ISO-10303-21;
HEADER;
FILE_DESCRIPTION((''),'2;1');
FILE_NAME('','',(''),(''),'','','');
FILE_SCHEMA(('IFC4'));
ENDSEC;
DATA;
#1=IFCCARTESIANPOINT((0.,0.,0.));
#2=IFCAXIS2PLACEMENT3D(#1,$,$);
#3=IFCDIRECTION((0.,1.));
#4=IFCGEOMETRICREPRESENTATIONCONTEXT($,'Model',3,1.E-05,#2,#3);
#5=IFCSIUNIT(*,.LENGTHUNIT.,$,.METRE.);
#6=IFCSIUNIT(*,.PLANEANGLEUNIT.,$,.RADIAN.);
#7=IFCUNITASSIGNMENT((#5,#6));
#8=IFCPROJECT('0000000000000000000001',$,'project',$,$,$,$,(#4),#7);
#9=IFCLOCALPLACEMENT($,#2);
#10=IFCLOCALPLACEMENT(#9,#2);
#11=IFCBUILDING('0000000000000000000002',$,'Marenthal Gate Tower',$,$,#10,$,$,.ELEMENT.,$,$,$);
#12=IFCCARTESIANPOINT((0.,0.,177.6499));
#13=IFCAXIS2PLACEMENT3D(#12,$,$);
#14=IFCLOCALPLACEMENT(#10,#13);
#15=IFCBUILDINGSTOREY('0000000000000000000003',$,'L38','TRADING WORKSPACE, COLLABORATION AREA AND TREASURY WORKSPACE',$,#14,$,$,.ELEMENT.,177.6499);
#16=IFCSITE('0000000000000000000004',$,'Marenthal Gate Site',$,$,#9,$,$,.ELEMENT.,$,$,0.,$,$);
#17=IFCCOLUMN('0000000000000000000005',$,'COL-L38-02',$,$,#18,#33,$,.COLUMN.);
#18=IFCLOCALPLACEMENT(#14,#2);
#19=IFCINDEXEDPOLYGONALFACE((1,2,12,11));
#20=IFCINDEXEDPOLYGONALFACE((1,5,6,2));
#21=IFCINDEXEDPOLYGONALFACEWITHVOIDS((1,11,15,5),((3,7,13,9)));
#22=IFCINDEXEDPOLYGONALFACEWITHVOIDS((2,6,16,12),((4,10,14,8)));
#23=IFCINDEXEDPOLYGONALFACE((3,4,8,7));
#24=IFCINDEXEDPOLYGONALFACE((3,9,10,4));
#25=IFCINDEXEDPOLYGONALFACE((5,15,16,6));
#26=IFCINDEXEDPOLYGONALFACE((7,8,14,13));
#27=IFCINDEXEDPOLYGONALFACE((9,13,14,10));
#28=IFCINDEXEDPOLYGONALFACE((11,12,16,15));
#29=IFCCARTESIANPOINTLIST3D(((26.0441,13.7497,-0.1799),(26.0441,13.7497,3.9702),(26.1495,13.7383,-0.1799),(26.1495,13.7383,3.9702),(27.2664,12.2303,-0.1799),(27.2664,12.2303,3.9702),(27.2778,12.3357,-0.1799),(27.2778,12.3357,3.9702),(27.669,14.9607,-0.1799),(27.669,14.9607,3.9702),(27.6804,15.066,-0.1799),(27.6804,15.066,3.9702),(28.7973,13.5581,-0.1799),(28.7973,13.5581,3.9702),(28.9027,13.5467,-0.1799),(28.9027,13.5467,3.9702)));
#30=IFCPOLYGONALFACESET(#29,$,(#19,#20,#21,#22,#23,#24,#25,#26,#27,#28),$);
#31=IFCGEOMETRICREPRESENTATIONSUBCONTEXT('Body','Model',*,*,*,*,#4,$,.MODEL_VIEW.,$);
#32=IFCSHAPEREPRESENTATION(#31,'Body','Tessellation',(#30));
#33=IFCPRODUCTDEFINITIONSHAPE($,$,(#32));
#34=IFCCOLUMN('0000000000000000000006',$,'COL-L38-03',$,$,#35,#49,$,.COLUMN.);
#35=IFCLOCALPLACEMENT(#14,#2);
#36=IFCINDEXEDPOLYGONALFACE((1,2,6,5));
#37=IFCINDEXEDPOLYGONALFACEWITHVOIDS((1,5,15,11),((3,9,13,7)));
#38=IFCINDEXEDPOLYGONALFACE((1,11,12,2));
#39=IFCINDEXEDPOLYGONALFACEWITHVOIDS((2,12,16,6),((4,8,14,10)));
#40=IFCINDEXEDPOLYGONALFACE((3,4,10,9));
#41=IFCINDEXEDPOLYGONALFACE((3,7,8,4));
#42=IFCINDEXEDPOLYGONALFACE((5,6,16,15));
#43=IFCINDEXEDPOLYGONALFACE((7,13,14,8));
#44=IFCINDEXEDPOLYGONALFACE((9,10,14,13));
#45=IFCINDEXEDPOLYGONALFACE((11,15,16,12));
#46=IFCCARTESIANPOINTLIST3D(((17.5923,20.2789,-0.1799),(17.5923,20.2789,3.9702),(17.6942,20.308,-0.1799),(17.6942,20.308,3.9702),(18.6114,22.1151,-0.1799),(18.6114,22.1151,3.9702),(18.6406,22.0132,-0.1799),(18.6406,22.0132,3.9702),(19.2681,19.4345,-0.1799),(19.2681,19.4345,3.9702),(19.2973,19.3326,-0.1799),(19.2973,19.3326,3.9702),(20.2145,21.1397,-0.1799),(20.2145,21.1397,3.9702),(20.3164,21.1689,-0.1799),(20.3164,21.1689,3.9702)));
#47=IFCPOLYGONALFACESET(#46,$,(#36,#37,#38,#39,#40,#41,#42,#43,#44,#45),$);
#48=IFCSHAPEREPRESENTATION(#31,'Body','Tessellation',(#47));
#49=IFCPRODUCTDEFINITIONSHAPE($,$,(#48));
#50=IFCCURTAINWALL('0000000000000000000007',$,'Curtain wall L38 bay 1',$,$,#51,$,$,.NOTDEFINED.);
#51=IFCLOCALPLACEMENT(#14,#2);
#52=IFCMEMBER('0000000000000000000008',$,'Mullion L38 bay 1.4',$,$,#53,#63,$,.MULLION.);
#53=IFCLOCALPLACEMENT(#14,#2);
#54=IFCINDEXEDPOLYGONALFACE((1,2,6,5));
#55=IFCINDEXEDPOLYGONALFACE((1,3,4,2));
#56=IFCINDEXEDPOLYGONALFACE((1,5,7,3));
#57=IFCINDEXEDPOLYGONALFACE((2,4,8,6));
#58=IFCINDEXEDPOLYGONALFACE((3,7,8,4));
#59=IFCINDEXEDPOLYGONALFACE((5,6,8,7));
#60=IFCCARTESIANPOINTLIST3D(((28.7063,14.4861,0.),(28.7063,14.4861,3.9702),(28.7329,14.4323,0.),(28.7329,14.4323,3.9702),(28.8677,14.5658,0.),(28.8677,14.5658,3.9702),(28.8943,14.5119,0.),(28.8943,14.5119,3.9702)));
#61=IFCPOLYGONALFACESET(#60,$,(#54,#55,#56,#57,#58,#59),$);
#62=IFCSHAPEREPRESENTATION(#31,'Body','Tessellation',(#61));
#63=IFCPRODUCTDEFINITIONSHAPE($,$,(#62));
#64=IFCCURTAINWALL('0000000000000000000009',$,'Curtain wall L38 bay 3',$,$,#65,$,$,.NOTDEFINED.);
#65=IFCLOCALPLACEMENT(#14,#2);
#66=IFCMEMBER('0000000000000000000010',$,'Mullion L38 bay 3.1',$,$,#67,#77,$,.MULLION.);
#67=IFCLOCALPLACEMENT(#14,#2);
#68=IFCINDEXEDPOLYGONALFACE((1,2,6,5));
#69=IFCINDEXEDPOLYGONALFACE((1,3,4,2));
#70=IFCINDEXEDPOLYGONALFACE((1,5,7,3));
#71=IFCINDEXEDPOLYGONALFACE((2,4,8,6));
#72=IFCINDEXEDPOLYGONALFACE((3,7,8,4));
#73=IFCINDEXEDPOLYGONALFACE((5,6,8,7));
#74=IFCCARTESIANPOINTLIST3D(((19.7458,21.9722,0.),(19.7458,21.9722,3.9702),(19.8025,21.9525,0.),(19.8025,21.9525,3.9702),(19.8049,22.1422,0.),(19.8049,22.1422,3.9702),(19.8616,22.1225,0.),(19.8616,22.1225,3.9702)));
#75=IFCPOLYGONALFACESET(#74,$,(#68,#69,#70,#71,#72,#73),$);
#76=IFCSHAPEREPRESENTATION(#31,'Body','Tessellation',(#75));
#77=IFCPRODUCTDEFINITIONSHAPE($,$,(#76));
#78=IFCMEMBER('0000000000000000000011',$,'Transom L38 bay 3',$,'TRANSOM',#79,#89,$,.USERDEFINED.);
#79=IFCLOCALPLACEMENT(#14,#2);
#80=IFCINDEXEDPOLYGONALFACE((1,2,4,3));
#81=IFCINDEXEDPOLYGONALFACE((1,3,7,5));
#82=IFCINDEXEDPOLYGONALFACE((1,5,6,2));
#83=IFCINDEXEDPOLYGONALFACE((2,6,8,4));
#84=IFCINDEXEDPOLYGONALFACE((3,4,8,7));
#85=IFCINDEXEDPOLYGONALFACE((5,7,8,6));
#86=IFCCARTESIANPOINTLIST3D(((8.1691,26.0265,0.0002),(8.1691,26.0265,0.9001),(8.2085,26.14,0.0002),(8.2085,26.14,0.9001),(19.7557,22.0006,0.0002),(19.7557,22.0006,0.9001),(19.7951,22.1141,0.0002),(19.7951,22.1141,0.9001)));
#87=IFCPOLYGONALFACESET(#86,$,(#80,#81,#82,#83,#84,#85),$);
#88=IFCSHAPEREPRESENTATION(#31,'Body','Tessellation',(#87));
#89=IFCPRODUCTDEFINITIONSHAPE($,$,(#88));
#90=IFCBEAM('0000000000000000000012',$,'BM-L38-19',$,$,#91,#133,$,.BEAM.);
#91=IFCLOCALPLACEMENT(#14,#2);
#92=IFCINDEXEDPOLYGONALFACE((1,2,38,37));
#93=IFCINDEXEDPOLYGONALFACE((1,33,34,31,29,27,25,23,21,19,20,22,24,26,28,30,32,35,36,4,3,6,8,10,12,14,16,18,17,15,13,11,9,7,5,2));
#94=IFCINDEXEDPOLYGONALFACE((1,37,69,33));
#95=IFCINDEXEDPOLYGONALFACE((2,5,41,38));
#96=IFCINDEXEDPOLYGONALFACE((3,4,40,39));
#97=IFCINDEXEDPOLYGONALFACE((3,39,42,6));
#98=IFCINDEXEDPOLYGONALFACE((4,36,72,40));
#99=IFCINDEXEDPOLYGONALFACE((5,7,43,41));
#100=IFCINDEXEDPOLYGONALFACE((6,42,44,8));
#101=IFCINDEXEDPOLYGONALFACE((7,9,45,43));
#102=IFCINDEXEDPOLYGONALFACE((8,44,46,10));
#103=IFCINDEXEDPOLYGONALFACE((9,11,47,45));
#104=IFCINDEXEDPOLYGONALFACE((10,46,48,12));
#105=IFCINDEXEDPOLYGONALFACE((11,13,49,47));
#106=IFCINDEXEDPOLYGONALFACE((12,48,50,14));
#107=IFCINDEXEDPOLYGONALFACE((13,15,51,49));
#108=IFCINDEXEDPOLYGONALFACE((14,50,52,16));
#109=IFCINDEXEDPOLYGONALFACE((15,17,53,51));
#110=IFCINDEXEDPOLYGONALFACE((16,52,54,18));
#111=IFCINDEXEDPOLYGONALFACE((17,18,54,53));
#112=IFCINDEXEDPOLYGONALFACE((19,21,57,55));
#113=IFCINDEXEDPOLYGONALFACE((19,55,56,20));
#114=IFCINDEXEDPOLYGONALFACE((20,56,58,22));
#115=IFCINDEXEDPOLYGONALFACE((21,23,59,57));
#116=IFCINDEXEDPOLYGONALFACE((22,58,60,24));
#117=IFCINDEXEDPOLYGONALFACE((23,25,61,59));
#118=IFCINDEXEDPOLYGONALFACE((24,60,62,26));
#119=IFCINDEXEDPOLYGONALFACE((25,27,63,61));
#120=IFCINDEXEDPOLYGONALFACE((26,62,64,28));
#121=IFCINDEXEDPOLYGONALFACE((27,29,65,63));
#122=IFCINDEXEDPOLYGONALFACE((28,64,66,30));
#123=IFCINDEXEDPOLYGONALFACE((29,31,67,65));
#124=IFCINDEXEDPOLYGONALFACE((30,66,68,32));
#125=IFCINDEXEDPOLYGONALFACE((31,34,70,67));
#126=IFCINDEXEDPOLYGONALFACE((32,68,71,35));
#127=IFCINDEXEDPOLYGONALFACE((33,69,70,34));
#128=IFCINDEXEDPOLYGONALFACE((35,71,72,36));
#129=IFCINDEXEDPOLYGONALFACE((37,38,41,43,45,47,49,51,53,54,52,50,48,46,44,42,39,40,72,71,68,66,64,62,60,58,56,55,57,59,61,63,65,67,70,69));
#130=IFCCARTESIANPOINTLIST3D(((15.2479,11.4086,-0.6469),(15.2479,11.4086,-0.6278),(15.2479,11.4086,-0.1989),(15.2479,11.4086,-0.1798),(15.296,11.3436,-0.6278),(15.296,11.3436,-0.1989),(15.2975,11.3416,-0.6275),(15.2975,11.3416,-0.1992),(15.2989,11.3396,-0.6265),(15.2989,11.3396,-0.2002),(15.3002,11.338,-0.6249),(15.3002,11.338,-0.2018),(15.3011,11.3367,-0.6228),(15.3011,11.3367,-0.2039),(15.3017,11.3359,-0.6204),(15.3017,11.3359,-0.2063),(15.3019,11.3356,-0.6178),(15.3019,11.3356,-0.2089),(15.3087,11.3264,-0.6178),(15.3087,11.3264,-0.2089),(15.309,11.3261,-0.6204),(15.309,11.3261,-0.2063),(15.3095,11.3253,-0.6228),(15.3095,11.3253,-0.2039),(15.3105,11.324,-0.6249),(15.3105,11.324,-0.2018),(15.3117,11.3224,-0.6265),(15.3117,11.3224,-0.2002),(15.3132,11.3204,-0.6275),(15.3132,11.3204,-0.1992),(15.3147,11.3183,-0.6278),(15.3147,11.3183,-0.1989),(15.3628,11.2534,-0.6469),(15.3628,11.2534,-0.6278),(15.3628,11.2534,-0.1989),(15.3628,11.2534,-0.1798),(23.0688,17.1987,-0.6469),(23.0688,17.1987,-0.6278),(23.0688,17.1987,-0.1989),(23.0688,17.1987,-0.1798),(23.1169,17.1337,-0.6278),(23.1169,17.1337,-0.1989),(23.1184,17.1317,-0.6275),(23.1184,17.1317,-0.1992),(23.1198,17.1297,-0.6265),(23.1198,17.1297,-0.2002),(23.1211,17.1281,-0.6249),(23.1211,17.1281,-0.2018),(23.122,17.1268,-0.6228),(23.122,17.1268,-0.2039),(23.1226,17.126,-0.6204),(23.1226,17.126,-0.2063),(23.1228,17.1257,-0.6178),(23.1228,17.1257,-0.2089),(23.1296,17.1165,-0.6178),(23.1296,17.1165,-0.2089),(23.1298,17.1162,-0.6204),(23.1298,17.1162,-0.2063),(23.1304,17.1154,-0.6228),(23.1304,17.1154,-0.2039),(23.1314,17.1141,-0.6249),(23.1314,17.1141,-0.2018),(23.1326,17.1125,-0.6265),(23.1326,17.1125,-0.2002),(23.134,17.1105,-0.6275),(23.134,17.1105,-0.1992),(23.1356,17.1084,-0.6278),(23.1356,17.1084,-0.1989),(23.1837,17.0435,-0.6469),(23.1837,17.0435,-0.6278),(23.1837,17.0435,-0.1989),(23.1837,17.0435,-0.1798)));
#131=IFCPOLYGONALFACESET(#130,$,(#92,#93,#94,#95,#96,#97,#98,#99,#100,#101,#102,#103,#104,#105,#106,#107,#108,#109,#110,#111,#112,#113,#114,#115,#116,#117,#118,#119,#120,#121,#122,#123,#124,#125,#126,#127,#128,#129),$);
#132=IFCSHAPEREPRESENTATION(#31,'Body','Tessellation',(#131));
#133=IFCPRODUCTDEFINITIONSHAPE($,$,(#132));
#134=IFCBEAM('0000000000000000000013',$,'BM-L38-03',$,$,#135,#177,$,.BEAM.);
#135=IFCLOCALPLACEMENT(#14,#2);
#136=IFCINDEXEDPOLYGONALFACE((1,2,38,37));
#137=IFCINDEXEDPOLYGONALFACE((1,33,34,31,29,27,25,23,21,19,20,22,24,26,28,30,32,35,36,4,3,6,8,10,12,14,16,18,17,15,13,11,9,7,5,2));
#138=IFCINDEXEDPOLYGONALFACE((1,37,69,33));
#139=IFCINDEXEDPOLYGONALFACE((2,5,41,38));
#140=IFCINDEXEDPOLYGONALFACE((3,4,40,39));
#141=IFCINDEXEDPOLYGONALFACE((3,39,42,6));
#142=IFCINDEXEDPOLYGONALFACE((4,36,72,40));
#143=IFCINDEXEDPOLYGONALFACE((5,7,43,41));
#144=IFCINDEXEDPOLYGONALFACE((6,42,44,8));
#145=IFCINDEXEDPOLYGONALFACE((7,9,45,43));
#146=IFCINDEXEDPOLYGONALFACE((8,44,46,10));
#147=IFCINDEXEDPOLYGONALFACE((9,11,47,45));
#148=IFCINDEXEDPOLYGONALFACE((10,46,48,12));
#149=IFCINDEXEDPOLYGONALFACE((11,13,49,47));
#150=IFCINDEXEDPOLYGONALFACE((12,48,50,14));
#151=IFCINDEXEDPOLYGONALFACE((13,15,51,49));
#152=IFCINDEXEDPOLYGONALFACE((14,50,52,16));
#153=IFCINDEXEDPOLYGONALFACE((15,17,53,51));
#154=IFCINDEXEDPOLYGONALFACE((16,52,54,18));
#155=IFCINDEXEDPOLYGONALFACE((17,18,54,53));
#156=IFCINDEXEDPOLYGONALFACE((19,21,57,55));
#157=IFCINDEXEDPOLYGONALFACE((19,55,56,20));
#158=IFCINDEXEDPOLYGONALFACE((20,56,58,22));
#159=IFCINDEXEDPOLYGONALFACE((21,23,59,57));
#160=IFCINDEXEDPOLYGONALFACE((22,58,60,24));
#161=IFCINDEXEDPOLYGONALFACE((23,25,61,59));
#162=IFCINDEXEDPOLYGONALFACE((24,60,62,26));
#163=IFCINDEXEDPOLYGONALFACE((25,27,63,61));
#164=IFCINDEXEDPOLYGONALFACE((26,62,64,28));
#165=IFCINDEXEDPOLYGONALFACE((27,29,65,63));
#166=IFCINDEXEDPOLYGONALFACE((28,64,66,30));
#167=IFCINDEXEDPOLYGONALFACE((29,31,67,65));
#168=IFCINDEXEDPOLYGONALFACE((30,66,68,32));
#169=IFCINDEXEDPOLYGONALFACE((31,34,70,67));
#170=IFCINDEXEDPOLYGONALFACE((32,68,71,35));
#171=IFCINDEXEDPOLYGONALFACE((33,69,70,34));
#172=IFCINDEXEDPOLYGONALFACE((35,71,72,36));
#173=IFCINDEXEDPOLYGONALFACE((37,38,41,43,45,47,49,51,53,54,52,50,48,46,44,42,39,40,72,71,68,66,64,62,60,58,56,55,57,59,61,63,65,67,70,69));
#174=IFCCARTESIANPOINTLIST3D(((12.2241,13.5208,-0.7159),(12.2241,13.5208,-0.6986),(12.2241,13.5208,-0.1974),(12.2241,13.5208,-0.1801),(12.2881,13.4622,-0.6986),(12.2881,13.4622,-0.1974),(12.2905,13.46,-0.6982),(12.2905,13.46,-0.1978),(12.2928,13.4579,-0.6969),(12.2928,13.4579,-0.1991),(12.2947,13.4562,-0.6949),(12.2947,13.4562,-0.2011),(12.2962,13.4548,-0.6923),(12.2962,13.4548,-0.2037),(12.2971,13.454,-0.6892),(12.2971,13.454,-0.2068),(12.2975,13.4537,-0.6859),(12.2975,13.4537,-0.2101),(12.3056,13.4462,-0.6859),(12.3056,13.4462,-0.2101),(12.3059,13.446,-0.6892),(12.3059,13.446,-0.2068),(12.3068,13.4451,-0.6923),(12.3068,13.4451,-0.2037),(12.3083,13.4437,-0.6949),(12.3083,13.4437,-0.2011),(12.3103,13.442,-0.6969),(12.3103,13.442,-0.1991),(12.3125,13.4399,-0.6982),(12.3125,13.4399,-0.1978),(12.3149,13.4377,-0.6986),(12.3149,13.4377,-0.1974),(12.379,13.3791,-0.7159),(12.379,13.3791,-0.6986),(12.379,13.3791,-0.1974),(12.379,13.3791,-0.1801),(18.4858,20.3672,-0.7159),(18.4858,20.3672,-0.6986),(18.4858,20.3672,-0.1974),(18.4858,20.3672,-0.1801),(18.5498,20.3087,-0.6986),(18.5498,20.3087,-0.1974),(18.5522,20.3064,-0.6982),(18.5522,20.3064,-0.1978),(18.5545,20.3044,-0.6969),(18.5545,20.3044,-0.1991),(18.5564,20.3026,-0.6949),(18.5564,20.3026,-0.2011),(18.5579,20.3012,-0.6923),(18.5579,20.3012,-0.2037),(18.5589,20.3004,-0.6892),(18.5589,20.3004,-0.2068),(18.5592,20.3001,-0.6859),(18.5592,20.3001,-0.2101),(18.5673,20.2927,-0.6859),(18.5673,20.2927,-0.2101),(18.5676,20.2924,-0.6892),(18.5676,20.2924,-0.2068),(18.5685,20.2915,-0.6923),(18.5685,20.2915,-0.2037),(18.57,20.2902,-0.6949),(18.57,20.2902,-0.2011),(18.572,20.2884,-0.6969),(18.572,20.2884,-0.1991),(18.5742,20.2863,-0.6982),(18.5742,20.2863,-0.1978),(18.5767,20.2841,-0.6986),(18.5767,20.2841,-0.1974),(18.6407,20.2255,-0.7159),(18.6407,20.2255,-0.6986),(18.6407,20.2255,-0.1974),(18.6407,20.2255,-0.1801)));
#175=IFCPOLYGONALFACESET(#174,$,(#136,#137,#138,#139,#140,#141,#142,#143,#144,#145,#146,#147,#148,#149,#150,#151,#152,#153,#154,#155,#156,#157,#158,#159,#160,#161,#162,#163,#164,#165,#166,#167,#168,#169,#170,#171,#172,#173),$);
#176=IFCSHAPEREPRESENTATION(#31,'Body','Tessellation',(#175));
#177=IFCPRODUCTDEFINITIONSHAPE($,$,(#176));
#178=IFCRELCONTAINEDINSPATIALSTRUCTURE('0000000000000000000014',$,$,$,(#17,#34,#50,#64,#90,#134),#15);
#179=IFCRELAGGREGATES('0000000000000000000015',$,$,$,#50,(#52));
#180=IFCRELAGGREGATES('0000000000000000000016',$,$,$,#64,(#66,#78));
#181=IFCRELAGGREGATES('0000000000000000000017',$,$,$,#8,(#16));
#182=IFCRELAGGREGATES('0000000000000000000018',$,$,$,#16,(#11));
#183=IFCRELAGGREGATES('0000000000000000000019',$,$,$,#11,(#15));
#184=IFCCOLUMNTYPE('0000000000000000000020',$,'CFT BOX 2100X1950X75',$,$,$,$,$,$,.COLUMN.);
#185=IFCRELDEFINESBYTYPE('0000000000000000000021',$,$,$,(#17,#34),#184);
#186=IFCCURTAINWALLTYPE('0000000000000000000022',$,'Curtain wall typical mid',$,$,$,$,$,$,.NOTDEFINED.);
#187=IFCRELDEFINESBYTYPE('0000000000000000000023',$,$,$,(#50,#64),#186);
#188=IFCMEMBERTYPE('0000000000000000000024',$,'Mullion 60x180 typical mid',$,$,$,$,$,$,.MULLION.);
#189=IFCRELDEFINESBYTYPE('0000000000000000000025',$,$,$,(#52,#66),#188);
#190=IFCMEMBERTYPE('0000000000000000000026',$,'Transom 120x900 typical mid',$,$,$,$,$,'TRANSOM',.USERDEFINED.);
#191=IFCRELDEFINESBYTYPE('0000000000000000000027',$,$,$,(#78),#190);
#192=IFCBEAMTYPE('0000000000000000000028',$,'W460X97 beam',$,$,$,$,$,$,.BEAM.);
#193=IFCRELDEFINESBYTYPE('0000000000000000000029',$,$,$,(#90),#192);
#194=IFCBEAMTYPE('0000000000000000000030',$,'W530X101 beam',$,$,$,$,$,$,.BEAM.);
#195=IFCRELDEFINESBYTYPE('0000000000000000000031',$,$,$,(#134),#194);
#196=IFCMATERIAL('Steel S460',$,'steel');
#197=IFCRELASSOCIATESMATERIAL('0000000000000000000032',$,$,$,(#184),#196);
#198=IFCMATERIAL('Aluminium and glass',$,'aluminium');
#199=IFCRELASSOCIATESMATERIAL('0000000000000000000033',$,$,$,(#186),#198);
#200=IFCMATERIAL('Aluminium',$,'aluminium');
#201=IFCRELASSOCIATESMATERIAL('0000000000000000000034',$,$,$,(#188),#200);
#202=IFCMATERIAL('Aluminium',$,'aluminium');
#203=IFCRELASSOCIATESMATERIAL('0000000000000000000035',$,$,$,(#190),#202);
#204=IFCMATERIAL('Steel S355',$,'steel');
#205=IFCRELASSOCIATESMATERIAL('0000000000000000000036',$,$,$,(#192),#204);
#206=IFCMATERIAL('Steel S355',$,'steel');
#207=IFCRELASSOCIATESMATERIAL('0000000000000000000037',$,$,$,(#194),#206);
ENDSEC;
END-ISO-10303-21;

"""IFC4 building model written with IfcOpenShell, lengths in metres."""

from ifc_helpers import new_model, si_unit, direction, frame, origin, origin_2d, place, context, subcontext, project, spatial, rectangle, hollow_rectangle, i_section, extrude, material, material_profile, profile_set, type_object, element, aggregate, save


model = new_model("IFC4")

# Units and contexts
model_context = context("Model", 3, precision=1e-05, world=origin(), true_north=direction((0.0, 1.0)))
body_context = subcontext(model_context, "Body", "Model", "MODEL_VIEW")
ifc_project = project(units=[si_unit("LENGTHUNIT", "METRE"), si_unit("PLANEANGLEUNIT", "RADIAN")], contexts=[model_context])

# Site, building, storey
site_placement = place(None, origin())
site = spatial("IfcSite", under=ifc_project, at=site_placement, Name="Marenthal Gate Site", CompositionType="ELEMENT", RefElevation=0.0)
building_placement = place(site_placement, origin())
building = spatial("IfcBuilding", under=site, at=building_placement, Name="Marenthal Gate Tower", CompositionType="ELEMENT")
storey_placement = place(building_placement, frame((0.0, 0.0, 177.6499)))
storey = spatial("IfcBuildingStorey", under=building, at=storey_placement, Name="L38", Description="TRADING WORKSPACE, COLLABORATION AREA AND TREASURY WORKSPACE", CompositionType="ELEMENT", Elevation=177.6499)

# Columns
ifc_material_1 = material(Name="Steel S460", Category="steel")
ifc_material_profile_1 = material_profile(ifc_material_1, hollow_rectangle(XDim=1.95, YDim=2.1001, WallThickness=0.075, at=origin_2d()), Name="CFT BOX 2100X1950X75")
ifc_material_2 = material(Name="Concrete 70 MPa", Category="concrete")
ifc_material_profile_2 = material_profile(ifc_material_2, rectangle(XDim=1.8, YDim=1.95, at=origin_2d()), Name="CFT BOX 2100X1950X75 INFILL")
ifc_profile_set_1 = profile_set([ifc_material_profile_1, ifc_material_profile_2], Name="Steel S460 shell, Concrete 70 MPa infill")
column_type = type_object("IfcColumnType", Name="CFT BOX 2100X1950X75", PredefinedType="COLUMN", material=ifc_profile_set_1)
for number, where, z_axis, x_axis, name in (
    (1, (27.4734, 13.6482, -0.1799), (0.0, 0.0, 1.0), (0.626815, -0.779168, 0.0), "COL-L38-02"),
    (2, (18.9543, 20.7239, -0.1799), (0.0, 0.0, 1.0), (0.874371, -0.485258, 0.0), "COL-L38-03"),
):
    element("IfcColumn", number, at=place(storey_placement, frame(where, z_axis=z_axis, x_axis=x_axis)), inside=storey, type_object=column_type, Name=name, PredefinedType="COLUMN", context=body_context, shape_type="SweptSolid", body=[
        extrude(hollow_rectangle(XDim=1.95, YDim=2.1001, WallThickness=0.075, at=origin_2d()), origin(), (0.0, 0.0, 1.0), 4.1501),
    ])

# Curtain wall, member
ifc_material_3 = material(Name="Aluminium and glass", Category="aluminium")
curtain_wall_type = type_object("IfcCurtainWallType", Name="Curtain wall typical mid", PredefinedType="NOTDEFINED", material=ifc_material_3)
curtain_wall_1_placement = place(storey_placement, origin())
curtain_wall_1 = element("IfcCurtainWall", 3, at=curtain_wall_1_placement, inside=storey, type_object=curtain_wall_type, Name="Curtain wall L38 bay 1", PredefinedType="NOTDEFINED")
ifc_material_4 = material(Name="Aluminium", Category="aluminium")
ifc_material_profile_3 = material_profile(ifc_material_4, rectangle(XDim=0.1799, YDim=0.0601, at=origin_2d()), Name="60x180 aluminium mullion")
ifc_profile_set_2 = profile_set([ifc_material_profile_3], Name="Aluminium")
member_type_1 = type_object("IfcMemberType", Name="Mullion 60x180 typical mid", PredefinedType="MULLION", material=ifc_profile_set_2)
member_1_placement = place(storey_placement, frame((28.8003, 14.499, 0.0), z_axis=(0.0, 0.0, 1.0), x_axis=(-0.896643, -0.442753, 0.0)))
member_1 = element("IfcMember", 4, at=member_1_placement, type_object=member_type_1, Name="Mullion L38 bay 1.4", PredefinedType="MULLION", context=body_context, shape_type="SweptSolid", body=[
    extrude(rectangle(XDim=0.1799, YDim=0.0601, at=origin_2d()), origin(), (0.0, 0.0, 1.0), 3.9702),
])
aggregate(curtain_wall_1, [member_1])

# Curtain wall, members
curtain_wall_2_placement = place(storey_placement, origin())
curtain_wall_2 = element("IfcCurtainWall", 5, at=curtain_wall_2_placement, inside=storey, type_object=curtain_wall_type, Name="Curtain wall L38 bay 3", PredefinedType="NOTDEFINED")
member_2_placement = place(storey_placement, frame((19.8037, 22.0474, 0.0), z_axis=(0.0, 0.0, 1.0), x_axis=(-0.328211, -0.944604, 0.0)))
member_2 = element("IfcMember", 6, at=member_2_placement, type_object=member_type_1, Name="Mullion L38 bay 3.1", PredefinedType="MULLION", context=body_context, shape_type="SweptSolid", body=[
    extrude(rectangle(XDim=0.1799, YDim=0.0601, at=origin_2d()), origin(), (0.0, 0.0, 1.0), 3.9702),
])
ifc_material_5 = material(Name="Aluminium", Category="aluminium")
ifc_material_profile_4 = material_profile(ifc_material_5, rectangle(XDim=0.1201, YDim=0.8999, at=origin_2d()), Name="120x900 aluminium transom")
ifc_profile_set_3 = profile_set([ifc_material_profile_4], Name="Aluminium")
member_type_2 = type_object("IfcMemberType", Name="Transom 120x900 typical mid", ElementType="TRANSOM", PredefinedType="USERDEFINED", material=ifc_profile_set_3)
member_3_placement = place(storey_placement, frame((19.7754, 22.0574, 0.4502), z_axis=(-0.944605, 0.32821, 0.0), x_axis=(-0.32821, -0.944605, 0.0)))
member_3 = element("IfcMember", 7, at=member_3_placement, type_object=member_type_2, Name="Transom L38 bay 3", ObjectType="TRANSOM", PredefinedType="USERDEFINED", context=body_context, shape_type="SweptSolid", body=[
    extrude(rectangle(XDim=0.1201, YDim=0.8999, at=origin_2d()), origin(), (0.0, 0.0, 1.0), 12.2661),
])

# Beams
ifc_material_6 = material(Name="Steel S355", Category="steel")
ifc_material_profile_5 = material_profile(ifc_material_6, i_section(OverallWidth=0.1931, OverallDepth=0.467, WebThickness=0.0115, FlangeThickness=0.019, FilletRadius=0.01, at=origin_2d()), Name="W460X97")
ifc_profile_set_4 = profile_set([ifc_material_profile_5], Name="Steel S355")
beam_type_1 = type_object("IfcBeamType", Name="W460X97 beam", PredefinedType="BEAM", material=ifc_profile_set_4)
beam_1_placement = place(storey_placement, frame((23.1262, 17.1211, -0.4133), z_axis=(-0.803712, -0.595019, 0.0), x_axis=(0.595019, -0.803712, 0.0)))
element("IfcBeam", 8, at=beam_1_placement, inside=storey, type_object=beam_type_1, Name="BM-L38-19", PredefinedType="BEAM", context=body_context, shape_type="SweptSolid", body=[
    extrude(i_section(OverallWidth=0.1931, OverallDepth=0.467, WebThickness=0.0115, FlangeThickness=0.019, FilletRadius=0.01, at=origin_2d()), origin(), (0.0, 0.0, 1.0), 9.731),
])
ifc_material_7 = material(Name="Steel S355", Category="steel")
ifc_material_profile_6 = material_profile(ifc_material_7, i_section(OverallWidth=0.21, OverallDepth=0.5359, WebThickness=0.011, FlangeThickness=0.0173, FilletRadius=0.0127, at=origin_2d()), Name="W530X101")
ifc_profile_set_5 = profile_set([ifc_material_profile_6], Name="Steel S355")
beam_type_2 = type_object("IfcBeamType", Name="W530X101 beam", PredefinedType="BEAM", material=ifc_profile_set_5)
beam_2_placement = place(storey_placement, frame((18.5632, 20.2964, -0.448), z_axis=(-0.674894, -0.737915, 0.0), x_axis=(0.737915, -0.674894, 0.0)))
element("IfcBeam", 9, at=beam_2_placement, inside=storey, type_object=beam_type_2, Name="BM-L38-03", PredefinedType="BEAM", context=body_context, shape_type="SweptSolid", body=[
    extrude(i_section(OverallWidth=0.21, OverallDepth=0.5359, WebThickness=0.011, FlangeThickness=0.0173, FilletRadius=0.0127, at=origin_2d()), origin(), (0.0, 0.0, 1.0), 9.2781),
])

aggregate(curtain_wall_2, [member_2, member_3])

save(model, "model.ifc")
